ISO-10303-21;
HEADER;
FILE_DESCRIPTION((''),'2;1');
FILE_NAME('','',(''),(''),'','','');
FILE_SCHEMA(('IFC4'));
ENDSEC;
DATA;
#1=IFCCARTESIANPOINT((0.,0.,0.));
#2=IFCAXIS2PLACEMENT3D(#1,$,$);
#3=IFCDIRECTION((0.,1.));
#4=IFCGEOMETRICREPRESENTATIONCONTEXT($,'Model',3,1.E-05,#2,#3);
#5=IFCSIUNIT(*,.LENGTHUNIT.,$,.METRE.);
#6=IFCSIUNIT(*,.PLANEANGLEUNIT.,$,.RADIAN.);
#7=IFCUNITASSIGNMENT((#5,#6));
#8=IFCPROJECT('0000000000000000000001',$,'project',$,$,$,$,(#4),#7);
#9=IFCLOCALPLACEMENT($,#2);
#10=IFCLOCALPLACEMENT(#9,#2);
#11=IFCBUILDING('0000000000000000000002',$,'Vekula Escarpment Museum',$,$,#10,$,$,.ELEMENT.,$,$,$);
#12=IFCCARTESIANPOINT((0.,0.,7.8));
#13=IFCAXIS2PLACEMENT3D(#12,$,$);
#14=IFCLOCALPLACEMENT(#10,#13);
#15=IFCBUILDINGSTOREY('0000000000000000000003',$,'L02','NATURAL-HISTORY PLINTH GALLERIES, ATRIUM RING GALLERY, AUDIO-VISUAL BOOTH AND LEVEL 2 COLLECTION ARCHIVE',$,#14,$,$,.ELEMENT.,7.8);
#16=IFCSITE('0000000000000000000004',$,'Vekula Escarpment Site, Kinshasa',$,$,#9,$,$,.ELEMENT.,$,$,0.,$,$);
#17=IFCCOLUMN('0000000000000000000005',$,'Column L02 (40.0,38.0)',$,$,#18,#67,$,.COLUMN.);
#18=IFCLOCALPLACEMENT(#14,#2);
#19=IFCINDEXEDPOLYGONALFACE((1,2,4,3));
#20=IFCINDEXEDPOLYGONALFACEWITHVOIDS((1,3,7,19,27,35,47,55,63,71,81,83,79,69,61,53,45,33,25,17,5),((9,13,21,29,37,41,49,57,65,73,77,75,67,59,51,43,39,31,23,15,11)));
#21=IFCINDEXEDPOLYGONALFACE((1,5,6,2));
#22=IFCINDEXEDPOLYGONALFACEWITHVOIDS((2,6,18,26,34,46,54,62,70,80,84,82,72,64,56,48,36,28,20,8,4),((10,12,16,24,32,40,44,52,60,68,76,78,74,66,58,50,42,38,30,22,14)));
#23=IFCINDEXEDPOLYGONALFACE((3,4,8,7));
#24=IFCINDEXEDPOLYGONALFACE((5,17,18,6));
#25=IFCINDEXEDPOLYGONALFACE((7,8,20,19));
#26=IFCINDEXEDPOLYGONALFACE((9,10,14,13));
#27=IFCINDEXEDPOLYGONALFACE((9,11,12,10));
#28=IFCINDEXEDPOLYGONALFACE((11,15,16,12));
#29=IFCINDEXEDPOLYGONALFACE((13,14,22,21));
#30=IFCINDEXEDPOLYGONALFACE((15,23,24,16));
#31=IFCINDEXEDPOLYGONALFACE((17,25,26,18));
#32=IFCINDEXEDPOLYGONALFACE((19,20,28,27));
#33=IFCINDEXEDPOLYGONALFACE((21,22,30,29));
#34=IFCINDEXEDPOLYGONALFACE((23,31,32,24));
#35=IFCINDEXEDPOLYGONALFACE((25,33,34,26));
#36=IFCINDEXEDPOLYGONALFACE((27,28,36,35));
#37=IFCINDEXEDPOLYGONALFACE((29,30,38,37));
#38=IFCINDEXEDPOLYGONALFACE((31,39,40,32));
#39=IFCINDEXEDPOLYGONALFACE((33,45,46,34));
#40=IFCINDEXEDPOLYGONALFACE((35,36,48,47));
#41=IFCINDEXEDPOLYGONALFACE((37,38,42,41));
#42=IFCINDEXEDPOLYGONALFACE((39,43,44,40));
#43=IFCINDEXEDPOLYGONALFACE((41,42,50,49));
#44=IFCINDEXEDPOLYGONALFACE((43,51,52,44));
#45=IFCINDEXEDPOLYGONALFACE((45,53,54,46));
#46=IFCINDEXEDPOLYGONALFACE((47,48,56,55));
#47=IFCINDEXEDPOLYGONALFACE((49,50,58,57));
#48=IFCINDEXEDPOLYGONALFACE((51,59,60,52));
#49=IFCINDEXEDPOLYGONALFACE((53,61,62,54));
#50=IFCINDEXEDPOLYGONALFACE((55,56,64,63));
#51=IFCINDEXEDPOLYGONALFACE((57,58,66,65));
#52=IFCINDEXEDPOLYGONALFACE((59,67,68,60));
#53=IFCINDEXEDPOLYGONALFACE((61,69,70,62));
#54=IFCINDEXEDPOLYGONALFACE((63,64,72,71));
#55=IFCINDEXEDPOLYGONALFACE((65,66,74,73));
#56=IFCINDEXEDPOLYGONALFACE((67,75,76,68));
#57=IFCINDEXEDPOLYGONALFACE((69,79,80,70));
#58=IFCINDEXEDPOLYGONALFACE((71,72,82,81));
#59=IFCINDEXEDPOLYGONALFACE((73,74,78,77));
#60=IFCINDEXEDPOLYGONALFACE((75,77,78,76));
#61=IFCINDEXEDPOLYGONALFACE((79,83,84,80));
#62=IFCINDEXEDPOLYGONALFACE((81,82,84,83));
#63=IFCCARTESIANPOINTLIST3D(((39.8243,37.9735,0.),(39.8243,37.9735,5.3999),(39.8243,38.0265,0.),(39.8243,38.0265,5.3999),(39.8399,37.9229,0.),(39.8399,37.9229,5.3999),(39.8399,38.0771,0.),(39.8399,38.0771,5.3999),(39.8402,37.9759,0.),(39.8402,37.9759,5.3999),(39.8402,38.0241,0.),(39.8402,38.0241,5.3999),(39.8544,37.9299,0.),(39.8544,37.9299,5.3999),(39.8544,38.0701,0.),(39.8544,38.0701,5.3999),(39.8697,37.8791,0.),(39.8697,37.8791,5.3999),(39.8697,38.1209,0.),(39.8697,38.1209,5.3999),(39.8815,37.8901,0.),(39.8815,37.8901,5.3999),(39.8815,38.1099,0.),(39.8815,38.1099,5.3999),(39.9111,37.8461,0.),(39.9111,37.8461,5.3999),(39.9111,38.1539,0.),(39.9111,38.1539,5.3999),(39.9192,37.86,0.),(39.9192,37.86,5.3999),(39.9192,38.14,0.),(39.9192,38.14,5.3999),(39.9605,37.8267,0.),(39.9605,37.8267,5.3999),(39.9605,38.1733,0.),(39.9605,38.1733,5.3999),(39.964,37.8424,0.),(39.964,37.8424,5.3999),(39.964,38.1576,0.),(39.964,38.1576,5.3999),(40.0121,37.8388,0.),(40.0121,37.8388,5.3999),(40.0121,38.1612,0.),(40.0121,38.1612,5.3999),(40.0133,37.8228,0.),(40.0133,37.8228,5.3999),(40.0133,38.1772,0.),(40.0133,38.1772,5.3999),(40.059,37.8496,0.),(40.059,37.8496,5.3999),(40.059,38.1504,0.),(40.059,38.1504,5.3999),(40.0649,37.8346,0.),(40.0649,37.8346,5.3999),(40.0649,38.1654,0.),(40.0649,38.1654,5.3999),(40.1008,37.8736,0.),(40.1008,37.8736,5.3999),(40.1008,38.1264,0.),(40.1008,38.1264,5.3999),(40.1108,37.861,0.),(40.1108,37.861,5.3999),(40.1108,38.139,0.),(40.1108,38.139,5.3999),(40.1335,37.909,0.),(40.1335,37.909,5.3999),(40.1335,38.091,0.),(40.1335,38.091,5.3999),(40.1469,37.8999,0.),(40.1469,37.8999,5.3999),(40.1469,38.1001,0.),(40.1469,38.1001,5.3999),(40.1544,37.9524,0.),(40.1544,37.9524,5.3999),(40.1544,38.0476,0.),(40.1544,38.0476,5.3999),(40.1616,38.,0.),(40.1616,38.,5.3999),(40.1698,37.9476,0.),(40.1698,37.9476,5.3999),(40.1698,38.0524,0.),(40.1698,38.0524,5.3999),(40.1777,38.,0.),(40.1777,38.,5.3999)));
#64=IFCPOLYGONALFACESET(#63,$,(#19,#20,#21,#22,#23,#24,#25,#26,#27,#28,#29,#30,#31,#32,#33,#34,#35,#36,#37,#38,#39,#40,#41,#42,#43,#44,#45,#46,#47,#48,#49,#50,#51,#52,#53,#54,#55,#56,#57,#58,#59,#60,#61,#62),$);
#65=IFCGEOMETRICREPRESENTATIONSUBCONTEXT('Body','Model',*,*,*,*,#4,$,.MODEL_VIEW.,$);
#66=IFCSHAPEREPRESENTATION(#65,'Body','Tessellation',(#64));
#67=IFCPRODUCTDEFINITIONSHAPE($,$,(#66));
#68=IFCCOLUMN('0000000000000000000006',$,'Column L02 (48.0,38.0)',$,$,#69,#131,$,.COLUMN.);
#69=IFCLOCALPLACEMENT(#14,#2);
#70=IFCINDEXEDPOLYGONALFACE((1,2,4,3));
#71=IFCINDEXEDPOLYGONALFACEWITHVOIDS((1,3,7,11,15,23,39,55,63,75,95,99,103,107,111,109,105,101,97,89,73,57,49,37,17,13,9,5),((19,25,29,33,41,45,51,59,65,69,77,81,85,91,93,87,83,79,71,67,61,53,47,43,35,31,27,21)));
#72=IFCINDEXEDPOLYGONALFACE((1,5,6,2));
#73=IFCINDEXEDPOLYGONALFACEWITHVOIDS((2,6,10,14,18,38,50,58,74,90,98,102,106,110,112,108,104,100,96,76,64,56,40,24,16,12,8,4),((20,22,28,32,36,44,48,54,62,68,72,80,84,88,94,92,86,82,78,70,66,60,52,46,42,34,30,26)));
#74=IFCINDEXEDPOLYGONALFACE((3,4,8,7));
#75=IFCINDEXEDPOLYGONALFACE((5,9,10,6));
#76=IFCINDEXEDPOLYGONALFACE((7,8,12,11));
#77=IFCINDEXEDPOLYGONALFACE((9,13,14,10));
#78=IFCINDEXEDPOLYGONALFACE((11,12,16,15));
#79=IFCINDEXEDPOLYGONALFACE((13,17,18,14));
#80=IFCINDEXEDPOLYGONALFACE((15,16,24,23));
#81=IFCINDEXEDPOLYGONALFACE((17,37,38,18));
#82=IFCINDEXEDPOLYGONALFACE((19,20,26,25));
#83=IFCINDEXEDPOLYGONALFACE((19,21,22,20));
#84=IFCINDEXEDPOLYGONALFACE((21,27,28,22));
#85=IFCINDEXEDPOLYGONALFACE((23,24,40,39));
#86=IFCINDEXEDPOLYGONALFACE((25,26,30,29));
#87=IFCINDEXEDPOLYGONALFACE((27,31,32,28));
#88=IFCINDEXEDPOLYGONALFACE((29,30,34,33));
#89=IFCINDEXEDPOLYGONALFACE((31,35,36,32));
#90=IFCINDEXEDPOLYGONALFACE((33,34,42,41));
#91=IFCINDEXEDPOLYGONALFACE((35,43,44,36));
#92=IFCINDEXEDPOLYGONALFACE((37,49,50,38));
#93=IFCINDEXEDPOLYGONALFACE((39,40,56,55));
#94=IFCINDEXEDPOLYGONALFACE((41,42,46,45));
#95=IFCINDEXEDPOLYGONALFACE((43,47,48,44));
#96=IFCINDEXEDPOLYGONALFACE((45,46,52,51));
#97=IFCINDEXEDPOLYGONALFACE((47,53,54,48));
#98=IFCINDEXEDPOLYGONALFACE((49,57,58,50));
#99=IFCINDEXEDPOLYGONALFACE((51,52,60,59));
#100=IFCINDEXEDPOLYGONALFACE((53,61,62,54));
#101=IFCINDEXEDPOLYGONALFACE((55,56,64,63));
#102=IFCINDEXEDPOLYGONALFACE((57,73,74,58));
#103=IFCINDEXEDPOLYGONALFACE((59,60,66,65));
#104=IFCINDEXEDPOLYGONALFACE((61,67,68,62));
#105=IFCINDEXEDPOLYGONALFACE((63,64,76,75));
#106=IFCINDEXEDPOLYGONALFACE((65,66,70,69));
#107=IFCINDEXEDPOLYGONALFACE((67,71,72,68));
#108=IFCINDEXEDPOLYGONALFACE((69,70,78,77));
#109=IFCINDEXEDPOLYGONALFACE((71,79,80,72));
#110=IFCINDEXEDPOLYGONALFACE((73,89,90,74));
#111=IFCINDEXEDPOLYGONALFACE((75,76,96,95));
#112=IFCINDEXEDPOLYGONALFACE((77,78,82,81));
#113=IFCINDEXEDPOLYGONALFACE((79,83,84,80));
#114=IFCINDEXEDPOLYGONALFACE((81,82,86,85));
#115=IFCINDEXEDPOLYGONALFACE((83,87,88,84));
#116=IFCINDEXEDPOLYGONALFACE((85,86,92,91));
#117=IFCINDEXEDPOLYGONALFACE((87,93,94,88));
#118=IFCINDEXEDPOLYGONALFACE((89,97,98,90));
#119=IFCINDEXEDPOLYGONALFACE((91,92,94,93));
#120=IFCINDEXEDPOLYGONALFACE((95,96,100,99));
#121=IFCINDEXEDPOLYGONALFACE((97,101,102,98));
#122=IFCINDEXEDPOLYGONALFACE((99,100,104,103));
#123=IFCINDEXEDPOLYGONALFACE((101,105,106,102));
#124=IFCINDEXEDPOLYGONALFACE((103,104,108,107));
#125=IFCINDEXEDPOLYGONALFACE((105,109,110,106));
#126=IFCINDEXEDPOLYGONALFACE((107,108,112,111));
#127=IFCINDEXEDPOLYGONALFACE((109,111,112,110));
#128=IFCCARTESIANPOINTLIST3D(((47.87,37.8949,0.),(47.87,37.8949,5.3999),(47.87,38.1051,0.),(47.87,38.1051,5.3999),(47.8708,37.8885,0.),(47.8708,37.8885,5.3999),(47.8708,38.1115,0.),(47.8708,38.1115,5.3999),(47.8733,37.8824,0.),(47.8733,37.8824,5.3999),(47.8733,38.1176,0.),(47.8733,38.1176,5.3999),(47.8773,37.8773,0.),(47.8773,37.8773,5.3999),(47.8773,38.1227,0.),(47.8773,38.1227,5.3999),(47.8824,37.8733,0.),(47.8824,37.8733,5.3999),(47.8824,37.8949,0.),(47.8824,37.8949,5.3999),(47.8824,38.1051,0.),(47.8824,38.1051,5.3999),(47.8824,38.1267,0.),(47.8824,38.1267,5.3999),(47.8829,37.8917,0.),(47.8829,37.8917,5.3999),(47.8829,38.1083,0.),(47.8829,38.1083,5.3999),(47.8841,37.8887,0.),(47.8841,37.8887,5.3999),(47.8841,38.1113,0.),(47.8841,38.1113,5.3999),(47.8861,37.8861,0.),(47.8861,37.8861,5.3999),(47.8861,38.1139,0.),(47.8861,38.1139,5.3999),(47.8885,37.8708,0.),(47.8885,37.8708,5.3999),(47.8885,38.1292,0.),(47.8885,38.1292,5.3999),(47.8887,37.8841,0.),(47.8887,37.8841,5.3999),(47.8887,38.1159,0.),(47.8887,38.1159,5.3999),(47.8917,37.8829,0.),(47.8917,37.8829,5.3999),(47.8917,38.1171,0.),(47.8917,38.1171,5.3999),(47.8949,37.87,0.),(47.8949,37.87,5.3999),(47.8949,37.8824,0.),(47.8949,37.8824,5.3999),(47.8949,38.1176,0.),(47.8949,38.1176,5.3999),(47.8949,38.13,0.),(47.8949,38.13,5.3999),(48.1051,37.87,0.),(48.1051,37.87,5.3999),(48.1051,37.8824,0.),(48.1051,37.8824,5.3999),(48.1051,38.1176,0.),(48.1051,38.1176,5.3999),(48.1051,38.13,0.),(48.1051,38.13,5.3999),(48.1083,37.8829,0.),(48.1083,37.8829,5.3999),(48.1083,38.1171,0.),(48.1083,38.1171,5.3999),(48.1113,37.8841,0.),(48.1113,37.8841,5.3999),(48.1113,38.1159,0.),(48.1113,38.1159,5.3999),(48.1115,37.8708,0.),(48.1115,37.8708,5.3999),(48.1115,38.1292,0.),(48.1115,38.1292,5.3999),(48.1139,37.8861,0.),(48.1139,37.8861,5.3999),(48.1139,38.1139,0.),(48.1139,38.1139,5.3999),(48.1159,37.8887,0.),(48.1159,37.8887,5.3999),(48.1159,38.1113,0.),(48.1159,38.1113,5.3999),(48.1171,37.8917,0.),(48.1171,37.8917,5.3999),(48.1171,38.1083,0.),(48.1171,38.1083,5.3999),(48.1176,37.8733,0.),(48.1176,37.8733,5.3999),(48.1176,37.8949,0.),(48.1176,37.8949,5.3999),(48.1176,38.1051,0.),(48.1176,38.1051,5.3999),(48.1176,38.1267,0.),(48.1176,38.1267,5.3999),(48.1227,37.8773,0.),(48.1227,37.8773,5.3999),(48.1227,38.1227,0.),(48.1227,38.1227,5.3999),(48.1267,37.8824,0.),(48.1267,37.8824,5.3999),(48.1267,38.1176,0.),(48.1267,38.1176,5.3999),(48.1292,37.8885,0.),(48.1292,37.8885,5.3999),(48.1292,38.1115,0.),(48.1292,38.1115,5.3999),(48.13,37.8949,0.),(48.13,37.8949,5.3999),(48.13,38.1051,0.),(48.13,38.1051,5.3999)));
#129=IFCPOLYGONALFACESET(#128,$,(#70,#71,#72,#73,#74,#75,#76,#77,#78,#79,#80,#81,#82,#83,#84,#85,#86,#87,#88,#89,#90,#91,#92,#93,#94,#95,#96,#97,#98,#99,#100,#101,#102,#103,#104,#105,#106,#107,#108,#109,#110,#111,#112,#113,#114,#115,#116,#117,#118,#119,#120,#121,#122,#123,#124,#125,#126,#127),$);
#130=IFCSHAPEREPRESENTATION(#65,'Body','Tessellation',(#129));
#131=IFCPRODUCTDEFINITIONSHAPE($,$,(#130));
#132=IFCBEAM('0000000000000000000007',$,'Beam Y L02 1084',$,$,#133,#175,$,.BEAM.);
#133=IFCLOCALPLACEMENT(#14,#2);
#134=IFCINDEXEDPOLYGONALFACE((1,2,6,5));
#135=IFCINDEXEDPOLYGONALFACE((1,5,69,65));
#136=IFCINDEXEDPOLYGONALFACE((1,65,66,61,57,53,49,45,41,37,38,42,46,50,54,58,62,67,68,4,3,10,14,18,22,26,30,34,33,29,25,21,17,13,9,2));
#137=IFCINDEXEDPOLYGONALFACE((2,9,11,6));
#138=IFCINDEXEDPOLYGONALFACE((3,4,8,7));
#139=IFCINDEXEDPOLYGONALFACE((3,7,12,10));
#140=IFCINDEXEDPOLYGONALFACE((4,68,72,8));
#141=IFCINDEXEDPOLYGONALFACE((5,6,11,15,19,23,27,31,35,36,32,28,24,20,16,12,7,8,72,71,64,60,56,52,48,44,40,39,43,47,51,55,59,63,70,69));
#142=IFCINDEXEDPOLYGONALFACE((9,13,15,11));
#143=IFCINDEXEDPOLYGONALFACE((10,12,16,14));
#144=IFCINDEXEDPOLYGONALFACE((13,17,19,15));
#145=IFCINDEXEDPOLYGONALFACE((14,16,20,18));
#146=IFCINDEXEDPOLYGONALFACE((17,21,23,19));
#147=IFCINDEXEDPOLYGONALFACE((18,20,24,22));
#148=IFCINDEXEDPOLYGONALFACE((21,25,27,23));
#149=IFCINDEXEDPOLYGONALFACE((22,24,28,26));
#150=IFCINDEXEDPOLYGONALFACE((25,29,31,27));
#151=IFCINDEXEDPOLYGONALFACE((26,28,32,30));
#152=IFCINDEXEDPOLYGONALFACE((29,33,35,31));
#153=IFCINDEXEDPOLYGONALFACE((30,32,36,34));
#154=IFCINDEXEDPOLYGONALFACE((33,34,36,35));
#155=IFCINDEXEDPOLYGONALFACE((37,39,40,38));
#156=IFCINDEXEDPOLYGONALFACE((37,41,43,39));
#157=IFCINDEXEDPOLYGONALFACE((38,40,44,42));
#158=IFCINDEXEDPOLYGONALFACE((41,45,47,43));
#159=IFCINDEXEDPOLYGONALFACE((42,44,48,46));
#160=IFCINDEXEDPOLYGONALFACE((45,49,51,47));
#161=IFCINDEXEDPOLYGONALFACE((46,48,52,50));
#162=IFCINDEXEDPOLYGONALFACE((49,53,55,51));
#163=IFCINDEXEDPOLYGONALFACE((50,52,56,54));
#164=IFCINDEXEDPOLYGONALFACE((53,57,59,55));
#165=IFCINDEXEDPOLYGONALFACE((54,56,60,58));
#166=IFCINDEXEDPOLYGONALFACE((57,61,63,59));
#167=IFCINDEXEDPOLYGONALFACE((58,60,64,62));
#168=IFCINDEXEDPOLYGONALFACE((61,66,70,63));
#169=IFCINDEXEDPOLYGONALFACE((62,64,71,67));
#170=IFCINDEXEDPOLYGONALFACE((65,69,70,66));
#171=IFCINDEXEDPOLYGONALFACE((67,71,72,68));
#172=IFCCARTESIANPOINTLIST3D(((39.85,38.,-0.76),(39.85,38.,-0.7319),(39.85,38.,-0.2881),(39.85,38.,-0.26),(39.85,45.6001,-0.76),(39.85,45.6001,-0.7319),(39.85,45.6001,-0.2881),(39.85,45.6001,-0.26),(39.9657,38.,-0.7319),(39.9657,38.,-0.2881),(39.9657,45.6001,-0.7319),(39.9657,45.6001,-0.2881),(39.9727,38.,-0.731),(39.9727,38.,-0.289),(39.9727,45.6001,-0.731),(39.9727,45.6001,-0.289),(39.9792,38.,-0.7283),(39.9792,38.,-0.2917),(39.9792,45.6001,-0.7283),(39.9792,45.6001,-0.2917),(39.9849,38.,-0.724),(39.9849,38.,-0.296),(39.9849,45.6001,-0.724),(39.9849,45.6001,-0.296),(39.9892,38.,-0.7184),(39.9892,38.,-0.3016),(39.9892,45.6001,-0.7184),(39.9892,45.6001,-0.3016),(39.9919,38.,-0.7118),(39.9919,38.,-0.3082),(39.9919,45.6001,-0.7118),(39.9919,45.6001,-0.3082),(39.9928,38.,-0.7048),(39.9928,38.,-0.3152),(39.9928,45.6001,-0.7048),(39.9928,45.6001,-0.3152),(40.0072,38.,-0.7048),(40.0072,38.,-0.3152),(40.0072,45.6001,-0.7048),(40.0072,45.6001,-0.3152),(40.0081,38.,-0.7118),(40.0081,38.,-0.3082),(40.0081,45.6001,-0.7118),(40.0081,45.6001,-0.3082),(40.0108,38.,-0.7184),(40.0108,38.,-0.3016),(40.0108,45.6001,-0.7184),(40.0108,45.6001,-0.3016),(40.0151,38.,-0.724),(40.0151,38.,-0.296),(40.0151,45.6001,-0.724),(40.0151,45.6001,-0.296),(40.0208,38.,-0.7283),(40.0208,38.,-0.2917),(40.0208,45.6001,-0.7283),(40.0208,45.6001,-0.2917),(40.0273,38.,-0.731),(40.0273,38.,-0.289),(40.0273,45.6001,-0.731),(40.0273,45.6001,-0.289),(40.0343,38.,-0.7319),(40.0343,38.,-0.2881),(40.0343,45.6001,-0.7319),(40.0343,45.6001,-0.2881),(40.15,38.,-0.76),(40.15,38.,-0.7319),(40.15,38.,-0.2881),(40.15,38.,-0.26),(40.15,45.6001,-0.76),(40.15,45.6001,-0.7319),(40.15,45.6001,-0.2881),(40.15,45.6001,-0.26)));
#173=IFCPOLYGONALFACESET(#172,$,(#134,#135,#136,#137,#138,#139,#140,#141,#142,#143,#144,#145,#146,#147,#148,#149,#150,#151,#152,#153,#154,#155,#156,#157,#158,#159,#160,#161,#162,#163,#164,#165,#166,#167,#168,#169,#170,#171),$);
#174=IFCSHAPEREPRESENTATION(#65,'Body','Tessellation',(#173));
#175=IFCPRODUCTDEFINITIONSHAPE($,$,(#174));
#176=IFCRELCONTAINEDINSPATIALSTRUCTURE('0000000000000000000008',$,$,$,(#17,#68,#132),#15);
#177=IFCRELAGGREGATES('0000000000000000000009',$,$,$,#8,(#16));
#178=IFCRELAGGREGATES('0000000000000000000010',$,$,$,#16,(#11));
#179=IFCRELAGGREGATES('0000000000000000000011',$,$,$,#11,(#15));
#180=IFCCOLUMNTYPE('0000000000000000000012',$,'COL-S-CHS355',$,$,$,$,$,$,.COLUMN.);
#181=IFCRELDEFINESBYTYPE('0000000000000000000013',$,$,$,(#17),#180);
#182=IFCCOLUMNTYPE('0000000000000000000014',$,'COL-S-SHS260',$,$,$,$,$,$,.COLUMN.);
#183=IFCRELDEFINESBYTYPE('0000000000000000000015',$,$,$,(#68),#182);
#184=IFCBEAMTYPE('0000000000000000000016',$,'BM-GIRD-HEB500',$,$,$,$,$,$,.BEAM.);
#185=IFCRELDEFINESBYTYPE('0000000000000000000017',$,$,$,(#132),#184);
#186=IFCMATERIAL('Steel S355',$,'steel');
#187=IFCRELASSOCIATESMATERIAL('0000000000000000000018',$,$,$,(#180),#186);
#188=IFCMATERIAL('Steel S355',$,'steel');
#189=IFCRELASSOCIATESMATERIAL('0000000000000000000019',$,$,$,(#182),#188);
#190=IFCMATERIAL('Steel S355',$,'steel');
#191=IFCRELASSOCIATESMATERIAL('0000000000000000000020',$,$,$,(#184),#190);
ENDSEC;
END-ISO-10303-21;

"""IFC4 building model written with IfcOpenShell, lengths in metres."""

from ifc_helpers import new_model, si_unit, direction, frame, origin, origin_2d, place, context, subcontext, project, spatial, hollow_rectangle, hollow_circle, i_section, extrude, material, material_profile, profile_set, type_object, element, save


model = new_model("IFC4")

# Units and contexts
model_context = context("Model", 3, precision=1e-05, world=origin(), true_north=direction((0.0, 1.0)))
body_context = subcontext(model_context, "Body", "Model", "MODEL_VIEW")
ifc_project = project(units=[si_unit("LENGTHUNIT", "METRE"), si_unit("PLANEANGLEUNIT", "RADIAN")], contexts=[model_context])

# Site, building, storey
site_placement = place(None, origin())
site = spatial("IfcSite", under=ifc_project, at=site_placement, Name="Vekula Escarpment Site, Kinshasa", CompositionType="ELEMENT", RefElevation=0.0)
building_placement = place(site_placement, origin())
building = spatial("IfcBuilding", under=site, at=building_placement, Name="Vekula Escarpment Museum", CompositionType="ELEMENT")
storey_placement = place(building_placement, frame((0.0, 0.0, 7.8)))
storey = spatial("IfcBuildingStorey", under=building, at=storey_placement, Name="L02", Description="NATURAL-HISTORY PLINTH GALLERIES, ATRIUM RING GALLERY, AUDIO-VISUAL BOOTH AND LEVEL 2 COLLECTION ARCHIVE", CompositionType="ELEMENT", Elevation=7.8)

# Columns
ifc_material_1 = material(Name="Steel S355", Category="steel")
ifc_material_profile_1 = material_profile(ifc_material_1, hollow_circle(Radius=0.1777, WallThickness=0.0161, at=origin_2d()), Name="CHS 355.6x16")
ifc_profile_set_1 = profile_set([ifc_material_profile_1], Name="Steel S355")
column_type_1 = type_object("IfcColumnType", Name="COL-S-CHS355", PredefinedType="COLUMN", material=ifc_profile_set_1)
column_1_placement = place(storey_placement, frame((40.0, 38.0, 0.0), z_axis=(0.0, 0.0, 1.0), x_axis=(1.0, 0.0, 0.0)))
element("IfcColumn", 1, at=column_1_placement, inside=storey, type_object=column_type_1, Name="Column L02 (40.0,38.0)", PredefinedType="COLUMN", context=body_context, shape_type="SweptSolid", body=[
    extrude(hollow_circle(Radius=0.1777, WallThickness=0.0161, at=origin_2d()), origin(), (0.0, 0.0, 1.0), 5.3999),
])
ifc_material_2 = material(Name="Steel S355", Category="steel")
ifc_material_profile_2 = material_profile(ifc_material_2, hollow_rectangle(XDim=0.26, YDim=0.26, WallThickness=0.0125, InnerFilletRadius=0.0125, OuterFilletRadius=0.0249, at=origin_2d()), Name="SHS 260x260x12.5")
ifc_profile_set_2 = profile_set([ifc_material_profile_2], Name="Steel S355")
column_type_2 = type_object("IfcColumnType", Name="COL-S-SHS260", PredefinedType="COLUMN", material=ifc_profile_set_2)
column_2_placement = place(storey_placement, frame((48.0, 38.0, 0.0), z_axis=(0.0, 0.0, 1.0), x_axis=(1.0, 0.0, 0.0)))
element("IfcColumn", 2, at=column_2_placement, inside=storey, type_object=column_type_2, Name="Column L02 (48.0,38.0)", PredefinedType="COLUMN", context=body_context, shape_type="SweptSolid", body=[
    extrude(hollow_rectangle(XDim=0.26, YDim=0.26, WallThickness=0.0125, InnerFilletRadius=0.0125, OuterFilletRadius=0.0249, at=origin_2d()), origin(), (0.0, 0.0, 1.0), 5.3999),
])

# Beam
ifc_material_3 = material(Name="Steel S355", Category="steel")
ifc_material_profile_3 = material_profile(ifc_material_3, i_section(OverallWidth=0.3, OverallDepth=0.5, WebThickness=0.0144, FlangeThickness=0.0281, FilletRadius=0.0271, at=origin_2d()), Name="HEB 500")
ifc_profile_set_3 = profile_set([ifc_material_profile_3], Name="Steel S355")
beam_type_1 = type_object("IfcBeamType", Name="BM-GIRD-HEB500", PredefinedType="BEAM", material=ifc_profile_set_3)
for number, where, z_axis, x_axis, name in (
    (3, (40.0, 38.0, -0.51), (0.0, 1.0, 0.0), (-1.0, 0.0, 0.0), "Beam Y L02 1084"),
):
    element("IfcBeam", number, at=place(storey_placement, frame(where, z_axis=z_axis, x_axis=x_axis)), inside=storey, type_object=beam_type_1, Name=name, PredefinedType="BEAM", context=body_context, shape_type="SweptSolid", body=[
        extrude(i_section(OverallWidth=0.3, OverallDepth=0.5, WebThickness=0.0144, FlangeThickness=0.0281, FilletRadius=0.0271, at=origin_2d()), origin(), (0.0, 0.0, 1.0), 7.6001),
    ])

save(model, "model.ifc")
